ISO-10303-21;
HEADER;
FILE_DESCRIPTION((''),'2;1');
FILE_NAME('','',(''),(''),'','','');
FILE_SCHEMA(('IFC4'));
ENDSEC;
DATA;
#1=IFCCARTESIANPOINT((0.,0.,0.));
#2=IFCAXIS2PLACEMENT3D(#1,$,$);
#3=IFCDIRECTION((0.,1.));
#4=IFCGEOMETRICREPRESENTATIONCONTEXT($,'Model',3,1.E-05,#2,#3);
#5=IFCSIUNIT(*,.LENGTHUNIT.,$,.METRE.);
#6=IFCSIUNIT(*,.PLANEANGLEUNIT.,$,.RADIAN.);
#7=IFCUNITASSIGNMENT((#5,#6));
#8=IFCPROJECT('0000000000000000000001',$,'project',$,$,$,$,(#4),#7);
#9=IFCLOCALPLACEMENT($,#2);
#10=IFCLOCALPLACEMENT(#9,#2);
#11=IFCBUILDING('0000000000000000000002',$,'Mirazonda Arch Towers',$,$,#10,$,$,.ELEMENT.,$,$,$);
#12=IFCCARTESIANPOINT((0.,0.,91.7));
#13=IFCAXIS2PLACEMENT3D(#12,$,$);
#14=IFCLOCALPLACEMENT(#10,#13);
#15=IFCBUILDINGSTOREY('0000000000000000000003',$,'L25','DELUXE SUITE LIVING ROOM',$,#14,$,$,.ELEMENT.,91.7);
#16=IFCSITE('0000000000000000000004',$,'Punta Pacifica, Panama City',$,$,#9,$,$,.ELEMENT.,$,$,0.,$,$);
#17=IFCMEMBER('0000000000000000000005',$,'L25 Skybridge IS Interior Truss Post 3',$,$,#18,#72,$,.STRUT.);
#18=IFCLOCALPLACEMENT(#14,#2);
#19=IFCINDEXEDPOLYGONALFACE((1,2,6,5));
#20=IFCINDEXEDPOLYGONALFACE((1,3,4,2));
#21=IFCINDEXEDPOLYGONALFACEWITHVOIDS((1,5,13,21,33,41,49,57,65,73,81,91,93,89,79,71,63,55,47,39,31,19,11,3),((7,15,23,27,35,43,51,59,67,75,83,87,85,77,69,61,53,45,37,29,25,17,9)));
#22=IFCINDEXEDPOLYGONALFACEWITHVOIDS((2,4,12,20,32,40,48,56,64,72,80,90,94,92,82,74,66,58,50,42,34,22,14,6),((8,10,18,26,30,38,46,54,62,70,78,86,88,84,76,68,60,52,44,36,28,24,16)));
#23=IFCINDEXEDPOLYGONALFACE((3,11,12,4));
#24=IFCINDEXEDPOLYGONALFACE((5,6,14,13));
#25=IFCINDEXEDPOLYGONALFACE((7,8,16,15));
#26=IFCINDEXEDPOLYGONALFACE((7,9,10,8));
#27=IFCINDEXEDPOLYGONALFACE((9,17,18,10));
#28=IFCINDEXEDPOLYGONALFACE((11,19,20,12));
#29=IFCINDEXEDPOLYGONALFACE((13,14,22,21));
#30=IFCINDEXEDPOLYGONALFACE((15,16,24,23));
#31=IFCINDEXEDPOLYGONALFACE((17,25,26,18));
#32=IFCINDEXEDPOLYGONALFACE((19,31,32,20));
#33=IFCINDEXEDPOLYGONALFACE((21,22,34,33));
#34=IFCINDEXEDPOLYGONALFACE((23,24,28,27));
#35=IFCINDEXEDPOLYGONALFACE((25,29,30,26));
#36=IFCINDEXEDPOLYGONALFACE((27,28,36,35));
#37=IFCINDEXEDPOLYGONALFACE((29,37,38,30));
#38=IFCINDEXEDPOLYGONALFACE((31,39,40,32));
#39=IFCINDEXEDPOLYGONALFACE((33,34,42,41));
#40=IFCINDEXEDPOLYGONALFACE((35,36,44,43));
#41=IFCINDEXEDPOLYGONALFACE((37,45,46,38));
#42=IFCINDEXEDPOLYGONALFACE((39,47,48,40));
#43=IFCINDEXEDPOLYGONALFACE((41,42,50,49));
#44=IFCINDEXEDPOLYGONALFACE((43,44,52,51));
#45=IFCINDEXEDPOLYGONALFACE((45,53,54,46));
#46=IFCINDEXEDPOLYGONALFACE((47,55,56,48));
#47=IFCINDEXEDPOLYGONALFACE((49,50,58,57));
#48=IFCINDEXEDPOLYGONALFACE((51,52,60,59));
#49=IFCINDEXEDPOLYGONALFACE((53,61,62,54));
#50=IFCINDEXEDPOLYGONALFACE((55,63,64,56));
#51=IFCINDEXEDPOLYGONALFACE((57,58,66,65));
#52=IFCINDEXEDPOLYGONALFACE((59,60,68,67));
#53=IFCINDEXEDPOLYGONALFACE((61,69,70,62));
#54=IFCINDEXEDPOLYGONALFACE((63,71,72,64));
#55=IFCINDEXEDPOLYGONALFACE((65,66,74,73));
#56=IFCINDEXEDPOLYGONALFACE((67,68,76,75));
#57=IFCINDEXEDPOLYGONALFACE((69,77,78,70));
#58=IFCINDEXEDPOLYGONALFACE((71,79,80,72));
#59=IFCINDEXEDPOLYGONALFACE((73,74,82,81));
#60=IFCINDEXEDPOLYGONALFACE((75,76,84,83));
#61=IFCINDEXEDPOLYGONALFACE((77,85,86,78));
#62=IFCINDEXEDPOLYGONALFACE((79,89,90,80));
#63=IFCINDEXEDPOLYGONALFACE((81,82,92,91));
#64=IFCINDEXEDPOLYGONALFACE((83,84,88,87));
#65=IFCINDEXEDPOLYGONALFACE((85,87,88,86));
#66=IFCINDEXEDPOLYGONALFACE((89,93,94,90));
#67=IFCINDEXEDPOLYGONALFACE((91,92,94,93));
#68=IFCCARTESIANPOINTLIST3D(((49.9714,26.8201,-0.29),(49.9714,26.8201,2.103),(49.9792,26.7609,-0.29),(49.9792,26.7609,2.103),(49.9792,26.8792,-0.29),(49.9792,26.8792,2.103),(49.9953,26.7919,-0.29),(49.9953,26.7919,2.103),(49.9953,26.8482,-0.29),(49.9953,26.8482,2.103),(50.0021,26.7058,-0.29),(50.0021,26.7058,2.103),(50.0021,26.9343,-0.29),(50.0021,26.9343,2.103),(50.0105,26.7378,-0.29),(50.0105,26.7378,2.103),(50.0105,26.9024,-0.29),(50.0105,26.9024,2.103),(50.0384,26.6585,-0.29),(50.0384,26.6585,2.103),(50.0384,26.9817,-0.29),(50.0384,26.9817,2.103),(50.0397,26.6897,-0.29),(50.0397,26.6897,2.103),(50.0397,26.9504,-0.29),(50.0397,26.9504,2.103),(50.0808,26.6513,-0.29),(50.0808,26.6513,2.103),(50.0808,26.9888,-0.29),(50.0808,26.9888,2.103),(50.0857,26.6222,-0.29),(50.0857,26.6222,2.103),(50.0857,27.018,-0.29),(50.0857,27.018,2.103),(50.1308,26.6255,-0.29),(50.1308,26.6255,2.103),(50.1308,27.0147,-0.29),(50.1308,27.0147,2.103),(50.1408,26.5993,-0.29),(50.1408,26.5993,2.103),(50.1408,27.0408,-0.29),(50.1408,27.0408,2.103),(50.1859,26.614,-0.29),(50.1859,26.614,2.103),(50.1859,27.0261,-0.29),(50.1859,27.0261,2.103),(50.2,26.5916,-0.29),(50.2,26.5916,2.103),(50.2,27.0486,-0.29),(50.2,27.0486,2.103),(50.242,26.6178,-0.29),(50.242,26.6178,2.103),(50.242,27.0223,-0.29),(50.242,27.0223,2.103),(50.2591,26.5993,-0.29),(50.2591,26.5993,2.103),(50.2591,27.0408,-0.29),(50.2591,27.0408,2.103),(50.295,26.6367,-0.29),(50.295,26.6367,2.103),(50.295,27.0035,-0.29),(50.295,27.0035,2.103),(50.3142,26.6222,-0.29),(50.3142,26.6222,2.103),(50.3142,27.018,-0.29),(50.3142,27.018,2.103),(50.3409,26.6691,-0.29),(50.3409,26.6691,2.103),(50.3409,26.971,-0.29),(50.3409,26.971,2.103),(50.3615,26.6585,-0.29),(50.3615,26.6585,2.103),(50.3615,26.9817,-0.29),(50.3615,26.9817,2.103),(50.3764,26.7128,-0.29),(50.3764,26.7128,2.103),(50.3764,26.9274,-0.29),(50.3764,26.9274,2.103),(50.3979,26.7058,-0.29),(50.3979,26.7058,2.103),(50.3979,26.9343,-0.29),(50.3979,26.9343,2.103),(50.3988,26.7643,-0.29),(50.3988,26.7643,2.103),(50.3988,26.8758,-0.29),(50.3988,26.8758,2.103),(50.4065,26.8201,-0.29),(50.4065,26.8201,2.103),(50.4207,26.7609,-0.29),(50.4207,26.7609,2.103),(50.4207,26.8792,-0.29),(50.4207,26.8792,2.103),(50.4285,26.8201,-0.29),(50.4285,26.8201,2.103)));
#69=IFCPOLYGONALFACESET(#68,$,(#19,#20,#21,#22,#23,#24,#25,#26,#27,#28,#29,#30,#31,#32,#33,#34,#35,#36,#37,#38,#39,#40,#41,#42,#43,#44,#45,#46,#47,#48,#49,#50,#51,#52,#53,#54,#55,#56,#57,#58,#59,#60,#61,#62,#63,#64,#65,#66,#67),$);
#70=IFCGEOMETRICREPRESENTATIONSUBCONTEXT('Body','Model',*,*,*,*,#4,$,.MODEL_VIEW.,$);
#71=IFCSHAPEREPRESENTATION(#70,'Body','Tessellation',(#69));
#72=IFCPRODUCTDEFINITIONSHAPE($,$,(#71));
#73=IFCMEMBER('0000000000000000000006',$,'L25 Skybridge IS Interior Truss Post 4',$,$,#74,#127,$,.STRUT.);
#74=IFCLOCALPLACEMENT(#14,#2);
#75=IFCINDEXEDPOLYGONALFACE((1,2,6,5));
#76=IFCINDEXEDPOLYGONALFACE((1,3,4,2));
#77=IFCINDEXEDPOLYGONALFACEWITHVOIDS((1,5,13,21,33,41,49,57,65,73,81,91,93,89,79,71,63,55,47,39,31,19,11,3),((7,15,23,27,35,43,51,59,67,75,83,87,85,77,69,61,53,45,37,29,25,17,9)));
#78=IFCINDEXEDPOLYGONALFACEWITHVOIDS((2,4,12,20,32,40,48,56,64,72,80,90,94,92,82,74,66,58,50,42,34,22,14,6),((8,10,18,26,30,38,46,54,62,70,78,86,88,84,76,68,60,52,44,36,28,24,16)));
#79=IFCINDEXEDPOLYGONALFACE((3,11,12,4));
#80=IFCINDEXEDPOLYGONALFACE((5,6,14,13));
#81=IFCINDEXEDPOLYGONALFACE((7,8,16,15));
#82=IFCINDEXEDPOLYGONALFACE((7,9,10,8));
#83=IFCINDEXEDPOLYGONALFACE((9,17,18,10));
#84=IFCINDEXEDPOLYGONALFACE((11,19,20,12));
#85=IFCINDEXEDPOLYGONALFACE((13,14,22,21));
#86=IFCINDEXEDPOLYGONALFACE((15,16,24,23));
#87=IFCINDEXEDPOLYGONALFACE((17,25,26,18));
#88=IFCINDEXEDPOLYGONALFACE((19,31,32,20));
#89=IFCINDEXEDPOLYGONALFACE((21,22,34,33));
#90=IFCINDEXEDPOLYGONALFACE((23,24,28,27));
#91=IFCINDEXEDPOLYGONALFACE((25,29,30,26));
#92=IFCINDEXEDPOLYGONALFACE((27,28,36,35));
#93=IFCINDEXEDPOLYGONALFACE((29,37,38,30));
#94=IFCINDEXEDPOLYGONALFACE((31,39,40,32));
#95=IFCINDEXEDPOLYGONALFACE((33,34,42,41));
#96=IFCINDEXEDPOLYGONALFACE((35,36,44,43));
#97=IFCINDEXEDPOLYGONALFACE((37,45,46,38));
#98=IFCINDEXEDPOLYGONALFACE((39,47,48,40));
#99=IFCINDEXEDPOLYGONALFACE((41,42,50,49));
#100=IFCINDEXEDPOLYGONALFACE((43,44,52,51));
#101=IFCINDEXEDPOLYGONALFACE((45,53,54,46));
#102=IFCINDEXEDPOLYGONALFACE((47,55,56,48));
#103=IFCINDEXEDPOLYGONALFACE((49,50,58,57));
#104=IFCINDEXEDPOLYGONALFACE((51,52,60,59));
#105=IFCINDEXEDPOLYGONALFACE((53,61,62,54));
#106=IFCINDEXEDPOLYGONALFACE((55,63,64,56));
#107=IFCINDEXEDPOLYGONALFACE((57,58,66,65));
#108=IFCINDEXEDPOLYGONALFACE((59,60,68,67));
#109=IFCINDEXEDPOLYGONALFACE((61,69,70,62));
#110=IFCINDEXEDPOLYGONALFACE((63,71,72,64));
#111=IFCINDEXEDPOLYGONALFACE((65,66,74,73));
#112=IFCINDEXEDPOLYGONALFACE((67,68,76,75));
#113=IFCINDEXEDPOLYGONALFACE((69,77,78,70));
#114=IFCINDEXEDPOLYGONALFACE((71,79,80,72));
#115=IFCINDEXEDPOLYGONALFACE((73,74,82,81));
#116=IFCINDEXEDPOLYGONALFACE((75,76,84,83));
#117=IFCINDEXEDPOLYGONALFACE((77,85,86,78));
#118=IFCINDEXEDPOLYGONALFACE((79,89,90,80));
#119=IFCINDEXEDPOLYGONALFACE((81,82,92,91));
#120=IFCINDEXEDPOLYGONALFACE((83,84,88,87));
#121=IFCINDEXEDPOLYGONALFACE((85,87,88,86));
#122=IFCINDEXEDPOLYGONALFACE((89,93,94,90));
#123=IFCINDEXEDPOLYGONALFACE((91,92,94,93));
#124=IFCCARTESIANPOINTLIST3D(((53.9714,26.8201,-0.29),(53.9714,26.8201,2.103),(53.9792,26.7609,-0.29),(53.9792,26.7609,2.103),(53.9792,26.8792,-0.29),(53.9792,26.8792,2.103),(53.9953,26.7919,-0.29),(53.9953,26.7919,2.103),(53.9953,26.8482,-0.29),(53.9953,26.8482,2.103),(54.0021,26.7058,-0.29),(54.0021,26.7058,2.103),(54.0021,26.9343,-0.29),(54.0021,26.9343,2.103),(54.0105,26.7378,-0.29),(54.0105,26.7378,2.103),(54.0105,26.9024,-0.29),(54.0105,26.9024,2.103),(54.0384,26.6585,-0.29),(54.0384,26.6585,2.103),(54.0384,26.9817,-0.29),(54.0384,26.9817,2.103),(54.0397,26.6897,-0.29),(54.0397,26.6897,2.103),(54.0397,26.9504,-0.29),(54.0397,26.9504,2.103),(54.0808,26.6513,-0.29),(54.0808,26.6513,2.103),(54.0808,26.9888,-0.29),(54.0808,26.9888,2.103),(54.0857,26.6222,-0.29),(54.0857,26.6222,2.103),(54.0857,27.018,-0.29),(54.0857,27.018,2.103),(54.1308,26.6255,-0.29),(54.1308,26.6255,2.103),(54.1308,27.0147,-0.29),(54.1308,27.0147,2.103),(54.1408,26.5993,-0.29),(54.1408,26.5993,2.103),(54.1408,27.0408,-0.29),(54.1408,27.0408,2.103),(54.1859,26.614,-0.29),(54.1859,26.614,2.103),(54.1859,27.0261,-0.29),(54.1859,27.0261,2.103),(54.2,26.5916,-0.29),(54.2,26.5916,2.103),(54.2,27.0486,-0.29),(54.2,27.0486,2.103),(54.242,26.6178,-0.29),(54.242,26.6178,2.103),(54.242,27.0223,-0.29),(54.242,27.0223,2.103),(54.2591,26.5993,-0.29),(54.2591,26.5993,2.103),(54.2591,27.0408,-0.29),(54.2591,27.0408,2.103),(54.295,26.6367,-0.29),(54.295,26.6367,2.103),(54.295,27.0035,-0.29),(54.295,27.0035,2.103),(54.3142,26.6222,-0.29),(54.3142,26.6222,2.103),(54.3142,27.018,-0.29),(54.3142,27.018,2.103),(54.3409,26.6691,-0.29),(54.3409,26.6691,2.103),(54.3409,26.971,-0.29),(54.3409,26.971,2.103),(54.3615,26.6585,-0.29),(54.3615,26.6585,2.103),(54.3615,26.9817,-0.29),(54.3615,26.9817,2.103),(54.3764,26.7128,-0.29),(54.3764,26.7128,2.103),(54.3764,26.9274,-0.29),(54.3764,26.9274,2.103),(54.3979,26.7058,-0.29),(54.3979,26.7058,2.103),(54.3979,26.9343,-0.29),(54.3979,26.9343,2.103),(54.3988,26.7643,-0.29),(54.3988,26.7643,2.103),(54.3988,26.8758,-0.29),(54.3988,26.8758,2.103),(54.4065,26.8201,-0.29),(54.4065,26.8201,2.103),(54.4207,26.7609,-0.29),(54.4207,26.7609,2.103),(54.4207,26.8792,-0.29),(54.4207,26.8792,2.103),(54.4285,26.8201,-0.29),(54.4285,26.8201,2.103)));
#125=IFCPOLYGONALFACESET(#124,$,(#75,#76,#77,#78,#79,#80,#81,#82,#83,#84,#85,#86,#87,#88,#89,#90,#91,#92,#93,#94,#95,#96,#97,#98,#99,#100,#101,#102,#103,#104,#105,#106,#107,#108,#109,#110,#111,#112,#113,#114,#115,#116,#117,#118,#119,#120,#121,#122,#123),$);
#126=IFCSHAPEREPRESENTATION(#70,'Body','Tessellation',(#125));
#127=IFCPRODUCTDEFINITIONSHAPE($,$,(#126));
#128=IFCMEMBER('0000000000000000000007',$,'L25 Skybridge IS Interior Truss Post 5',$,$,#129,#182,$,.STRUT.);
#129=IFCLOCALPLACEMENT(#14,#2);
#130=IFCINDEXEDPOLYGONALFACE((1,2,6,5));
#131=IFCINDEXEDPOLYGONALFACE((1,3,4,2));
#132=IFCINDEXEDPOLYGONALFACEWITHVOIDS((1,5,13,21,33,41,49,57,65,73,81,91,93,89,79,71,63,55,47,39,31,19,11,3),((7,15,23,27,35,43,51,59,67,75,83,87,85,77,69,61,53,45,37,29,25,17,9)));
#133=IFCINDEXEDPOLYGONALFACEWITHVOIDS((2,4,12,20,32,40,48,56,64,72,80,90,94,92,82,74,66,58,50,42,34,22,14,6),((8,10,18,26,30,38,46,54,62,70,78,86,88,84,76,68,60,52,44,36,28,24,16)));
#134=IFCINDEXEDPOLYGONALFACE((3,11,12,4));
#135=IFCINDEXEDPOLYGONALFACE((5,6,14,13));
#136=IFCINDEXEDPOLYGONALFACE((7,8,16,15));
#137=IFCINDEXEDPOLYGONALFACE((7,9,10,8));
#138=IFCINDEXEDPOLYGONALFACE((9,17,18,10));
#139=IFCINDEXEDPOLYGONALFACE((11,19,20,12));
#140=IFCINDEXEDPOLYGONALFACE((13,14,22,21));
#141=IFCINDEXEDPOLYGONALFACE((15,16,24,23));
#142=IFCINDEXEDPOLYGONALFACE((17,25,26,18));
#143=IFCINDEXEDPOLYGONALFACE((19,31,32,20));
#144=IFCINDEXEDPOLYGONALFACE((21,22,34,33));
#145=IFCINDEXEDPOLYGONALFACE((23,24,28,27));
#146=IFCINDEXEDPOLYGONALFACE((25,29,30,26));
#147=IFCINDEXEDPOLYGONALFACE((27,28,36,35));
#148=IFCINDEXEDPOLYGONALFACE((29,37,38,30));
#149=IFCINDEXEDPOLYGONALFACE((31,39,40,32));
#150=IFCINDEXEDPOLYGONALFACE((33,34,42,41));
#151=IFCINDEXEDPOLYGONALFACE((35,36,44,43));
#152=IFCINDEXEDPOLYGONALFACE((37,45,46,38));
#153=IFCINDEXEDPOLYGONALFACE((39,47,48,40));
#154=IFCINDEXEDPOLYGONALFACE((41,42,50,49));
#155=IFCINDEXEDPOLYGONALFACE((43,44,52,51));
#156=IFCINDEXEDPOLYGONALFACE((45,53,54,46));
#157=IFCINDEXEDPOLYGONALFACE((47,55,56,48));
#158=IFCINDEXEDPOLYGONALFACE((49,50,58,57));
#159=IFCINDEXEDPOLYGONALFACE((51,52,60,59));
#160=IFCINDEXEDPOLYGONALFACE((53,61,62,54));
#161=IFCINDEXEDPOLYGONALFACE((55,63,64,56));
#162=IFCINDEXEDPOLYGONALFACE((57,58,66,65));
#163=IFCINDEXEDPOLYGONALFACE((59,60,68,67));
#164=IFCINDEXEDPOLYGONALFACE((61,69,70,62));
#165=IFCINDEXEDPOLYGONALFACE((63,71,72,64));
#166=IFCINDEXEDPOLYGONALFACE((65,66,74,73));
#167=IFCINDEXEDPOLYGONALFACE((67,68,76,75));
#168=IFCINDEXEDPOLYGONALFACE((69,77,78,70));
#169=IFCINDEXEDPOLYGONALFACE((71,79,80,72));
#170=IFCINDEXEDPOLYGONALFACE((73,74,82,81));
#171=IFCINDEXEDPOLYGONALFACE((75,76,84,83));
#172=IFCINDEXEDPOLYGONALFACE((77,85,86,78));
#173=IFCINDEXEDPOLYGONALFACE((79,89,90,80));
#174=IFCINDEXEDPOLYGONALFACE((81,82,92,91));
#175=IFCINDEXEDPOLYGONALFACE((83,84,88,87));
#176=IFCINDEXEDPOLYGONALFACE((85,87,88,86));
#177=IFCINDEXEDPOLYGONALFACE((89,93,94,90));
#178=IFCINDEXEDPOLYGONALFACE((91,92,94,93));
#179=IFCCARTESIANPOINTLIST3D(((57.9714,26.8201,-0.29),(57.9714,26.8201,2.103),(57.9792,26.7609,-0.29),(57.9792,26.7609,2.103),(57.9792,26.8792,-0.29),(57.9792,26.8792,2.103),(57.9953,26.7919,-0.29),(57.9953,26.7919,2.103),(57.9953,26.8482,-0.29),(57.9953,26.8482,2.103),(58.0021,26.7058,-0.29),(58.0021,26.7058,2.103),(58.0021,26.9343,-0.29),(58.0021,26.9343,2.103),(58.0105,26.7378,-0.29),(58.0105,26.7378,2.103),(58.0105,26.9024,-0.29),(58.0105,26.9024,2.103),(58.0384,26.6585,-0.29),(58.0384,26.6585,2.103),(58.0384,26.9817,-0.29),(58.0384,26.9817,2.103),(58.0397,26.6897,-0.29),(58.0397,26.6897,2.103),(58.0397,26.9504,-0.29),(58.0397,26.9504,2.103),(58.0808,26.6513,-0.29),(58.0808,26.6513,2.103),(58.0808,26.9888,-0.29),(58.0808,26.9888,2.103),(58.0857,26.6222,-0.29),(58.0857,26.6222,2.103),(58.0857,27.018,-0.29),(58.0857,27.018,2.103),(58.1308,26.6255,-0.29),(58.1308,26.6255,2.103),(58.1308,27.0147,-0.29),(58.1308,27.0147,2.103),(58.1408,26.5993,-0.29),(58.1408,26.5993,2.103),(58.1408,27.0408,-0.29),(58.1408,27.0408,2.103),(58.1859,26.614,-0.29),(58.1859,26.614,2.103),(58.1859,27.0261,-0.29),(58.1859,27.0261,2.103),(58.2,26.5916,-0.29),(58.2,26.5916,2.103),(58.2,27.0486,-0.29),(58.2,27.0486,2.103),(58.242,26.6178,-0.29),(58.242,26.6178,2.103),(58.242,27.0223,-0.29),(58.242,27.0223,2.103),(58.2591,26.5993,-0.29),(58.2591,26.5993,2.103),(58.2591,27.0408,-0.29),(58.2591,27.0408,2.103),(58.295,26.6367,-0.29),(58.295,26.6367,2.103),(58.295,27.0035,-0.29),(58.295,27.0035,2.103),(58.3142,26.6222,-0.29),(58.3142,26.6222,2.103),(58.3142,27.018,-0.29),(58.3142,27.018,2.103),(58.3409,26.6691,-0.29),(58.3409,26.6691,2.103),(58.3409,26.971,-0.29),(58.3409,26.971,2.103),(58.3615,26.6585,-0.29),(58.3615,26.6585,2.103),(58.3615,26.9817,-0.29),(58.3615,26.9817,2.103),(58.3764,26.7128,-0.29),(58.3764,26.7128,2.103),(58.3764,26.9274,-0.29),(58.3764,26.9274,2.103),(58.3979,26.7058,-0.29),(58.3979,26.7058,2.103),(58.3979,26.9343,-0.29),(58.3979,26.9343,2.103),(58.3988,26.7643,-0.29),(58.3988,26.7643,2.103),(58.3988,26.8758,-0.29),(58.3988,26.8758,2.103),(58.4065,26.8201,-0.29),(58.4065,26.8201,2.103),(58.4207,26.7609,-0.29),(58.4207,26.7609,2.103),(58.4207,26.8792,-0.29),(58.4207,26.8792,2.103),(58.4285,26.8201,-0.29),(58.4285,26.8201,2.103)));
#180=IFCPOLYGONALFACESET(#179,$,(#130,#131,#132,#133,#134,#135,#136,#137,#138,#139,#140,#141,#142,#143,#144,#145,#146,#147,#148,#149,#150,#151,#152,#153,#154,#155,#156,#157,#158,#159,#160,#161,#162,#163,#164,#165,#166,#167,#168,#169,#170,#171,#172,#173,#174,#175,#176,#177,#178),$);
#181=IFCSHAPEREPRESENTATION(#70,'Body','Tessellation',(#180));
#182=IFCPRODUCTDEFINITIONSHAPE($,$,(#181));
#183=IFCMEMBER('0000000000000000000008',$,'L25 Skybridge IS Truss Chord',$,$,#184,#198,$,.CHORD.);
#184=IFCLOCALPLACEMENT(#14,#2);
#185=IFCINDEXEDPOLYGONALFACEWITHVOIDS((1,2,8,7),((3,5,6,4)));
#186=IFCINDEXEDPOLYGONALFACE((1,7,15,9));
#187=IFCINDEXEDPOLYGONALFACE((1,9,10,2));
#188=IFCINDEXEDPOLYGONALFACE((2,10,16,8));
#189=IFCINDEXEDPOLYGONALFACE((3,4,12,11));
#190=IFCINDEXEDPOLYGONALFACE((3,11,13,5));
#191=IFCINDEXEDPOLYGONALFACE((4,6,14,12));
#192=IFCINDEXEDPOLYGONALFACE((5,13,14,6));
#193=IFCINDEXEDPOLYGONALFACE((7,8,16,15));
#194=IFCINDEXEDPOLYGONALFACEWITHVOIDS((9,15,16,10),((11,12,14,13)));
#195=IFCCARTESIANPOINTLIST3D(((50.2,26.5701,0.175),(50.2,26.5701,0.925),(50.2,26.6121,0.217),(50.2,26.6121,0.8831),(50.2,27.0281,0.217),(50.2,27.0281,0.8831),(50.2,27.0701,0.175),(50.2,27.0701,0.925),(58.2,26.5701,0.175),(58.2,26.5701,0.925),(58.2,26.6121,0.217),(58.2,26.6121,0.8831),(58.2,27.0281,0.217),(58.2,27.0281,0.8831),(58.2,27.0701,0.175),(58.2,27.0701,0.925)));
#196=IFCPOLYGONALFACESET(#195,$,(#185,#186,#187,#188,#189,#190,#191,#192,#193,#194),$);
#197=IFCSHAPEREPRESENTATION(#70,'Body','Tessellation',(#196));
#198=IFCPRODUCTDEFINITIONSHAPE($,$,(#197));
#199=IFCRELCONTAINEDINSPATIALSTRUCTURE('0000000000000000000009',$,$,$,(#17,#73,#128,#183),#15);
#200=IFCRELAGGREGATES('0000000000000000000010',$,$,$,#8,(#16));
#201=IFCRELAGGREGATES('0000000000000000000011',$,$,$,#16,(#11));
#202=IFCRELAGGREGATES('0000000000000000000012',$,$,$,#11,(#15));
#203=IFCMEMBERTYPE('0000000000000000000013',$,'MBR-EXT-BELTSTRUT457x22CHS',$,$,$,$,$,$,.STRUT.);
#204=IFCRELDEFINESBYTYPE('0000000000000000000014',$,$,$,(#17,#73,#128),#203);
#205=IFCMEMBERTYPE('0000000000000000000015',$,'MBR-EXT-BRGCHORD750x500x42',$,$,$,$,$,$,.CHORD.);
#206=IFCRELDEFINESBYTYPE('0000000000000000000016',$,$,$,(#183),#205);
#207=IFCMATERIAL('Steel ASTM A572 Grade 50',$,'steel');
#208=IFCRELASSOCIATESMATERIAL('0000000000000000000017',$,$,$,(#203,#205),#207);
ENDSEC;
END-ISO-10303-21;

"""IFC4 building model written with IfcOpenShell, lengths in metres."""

from ifc_helpers import new_model, si_unit, direction, frame, origin, origin_2d, place, context, subcontext, project, spatial, hollow_rectangle, hollow_circle, extrude, material, material_profile, profile_set, type_object, element, save


model = new_model("IFC4")

# Units and contexts
model_context = context("Model", 3, precision=1e-05, world=origin(), true_north=direction((0.0, 1.0)))
body_context = subcontext(model_context, "Body", "Model", "MODEL_VIEW")
ifc_project = project(units=[si_unit("LENGTHUNIT", "METRE"), si_unit("PLANEANGLEUNIT", "RADIAN")], contexts=[model_context])

# Site, building, storey
site_placement = place(None, origin())
site = spatial("IfcSite", under=ifc_project, at=site_placement, Name="Punta Pacifica, Panama City", CompositionType="ELEMENT", RefElevation=0.0)
building_placement = place(site_placement, origin())
building = spatial("IfcBuilding", under=site, at=building_placement, Name="Mirazonda Arch Towers", CompositionType="ELEMENT")
storey_placement = place(building_placement, frame((0.0, 0.0, 91.7)))
storey = spatial("IfcBuildingStorey", under=building, at=storey_placement, Name="L25", Description="DELUXE SUITE LIVING ROOM", CompositionType="ELEMENT", Elevation=91.7)

# Members
ifc_material_1 = material(Name="Steel ASTM A572 Grade 50", Category="steel")
ifc_material_profile_1 = material_profile(ifc_material_1, hollow_circle(Radius=0.2285, WallThickness=0.022, at=origin_2d()), Name="BELTSTRUT457x22CHS")
ifc_profile_set_1 = profile_set([ifc_material_profile_1], Name="Steel ASTM A572 Grade 50")
member_type_1 = type_object("IfcMemberType", Name="MBR-EXT-BELTSTRUT457x22CHS", PredefinedType="STRUT", material=ifc_profile_set_1)
for number, where, z_axis, x_axis, name in (
    (1, (50.2, 26.8201, -0.29), (0.0, 0.0, 1.0), (1.0, 0.0, 0.0), "L25 Skybridge IS Interior Truss Post 3"),
    (2, (54.2, 26.8201, -0.29), (0.0, 0.0, 1.0), (1.0, 0.0, 0.0), "L25 Skybridge IS Interior Truss Post 4"),
    (3, (58.2, 26.8201, -0.29), (0.0, 0.0, 1.0), (1.0, 0.0, 0.0), "L25 Skybridge IS Interior Truss Post 5"),
):
    element("IfcMember", number, at=place(storey_placement, frame(where, z_axis=z_axis, x_axis=x_axis)), inside=storey, type_object=member_type_1, Name=name, PredefinedType="STRUT", context=body_context, shape_type="SweptSolid", body=[
        extrude(hollow_circle(Radius=0.2285, WallThickness=0.022, at=origin_2d()), origin(), (0.0, 0.0, 1.0), 2.3931),
    ])
ifc_material_profile_2 = material_profile(ifc_material_1, hollow_rectangle(XDim=0.5, YDim=0.75, WallThickness=0.042, at=origin_2d()), Name="BRGCHORD750x500x42")
ifc_profile_set_2 = profile_set([ifc_material_profile_2], Name="Steel ASTM A572 Grade 50")
member_type_2 = type_object("IfcMemberType", Name="MBR-EXT-BRGCHORD750x500x42", PredefinedType="CHORD", material=ifc_profile_set_2)
member_1_placement = place(storey_placement, frame((50.2, 26.8201, 0.55), z_axis=(1.0, 0.0, 0.0), x_axis=(0.0, 1.0, 0.0)))
element("IfcMember", 4, at=member_1_placement, inside=storey, type_object=member_type_2, Name="L25 Skybridge IS Truss Chord", PredefinedType="CHORD", context=body_context, shape_type="SweptSolid", body=[
    extrude(hollow_rectangle(XDim=0.5, YDim=0.75, WallThickness=0.042, at=origin_2d()), origin(), (0.0, 0.0, 1.0), 8.0),
])

save(model, "model.ifc")
